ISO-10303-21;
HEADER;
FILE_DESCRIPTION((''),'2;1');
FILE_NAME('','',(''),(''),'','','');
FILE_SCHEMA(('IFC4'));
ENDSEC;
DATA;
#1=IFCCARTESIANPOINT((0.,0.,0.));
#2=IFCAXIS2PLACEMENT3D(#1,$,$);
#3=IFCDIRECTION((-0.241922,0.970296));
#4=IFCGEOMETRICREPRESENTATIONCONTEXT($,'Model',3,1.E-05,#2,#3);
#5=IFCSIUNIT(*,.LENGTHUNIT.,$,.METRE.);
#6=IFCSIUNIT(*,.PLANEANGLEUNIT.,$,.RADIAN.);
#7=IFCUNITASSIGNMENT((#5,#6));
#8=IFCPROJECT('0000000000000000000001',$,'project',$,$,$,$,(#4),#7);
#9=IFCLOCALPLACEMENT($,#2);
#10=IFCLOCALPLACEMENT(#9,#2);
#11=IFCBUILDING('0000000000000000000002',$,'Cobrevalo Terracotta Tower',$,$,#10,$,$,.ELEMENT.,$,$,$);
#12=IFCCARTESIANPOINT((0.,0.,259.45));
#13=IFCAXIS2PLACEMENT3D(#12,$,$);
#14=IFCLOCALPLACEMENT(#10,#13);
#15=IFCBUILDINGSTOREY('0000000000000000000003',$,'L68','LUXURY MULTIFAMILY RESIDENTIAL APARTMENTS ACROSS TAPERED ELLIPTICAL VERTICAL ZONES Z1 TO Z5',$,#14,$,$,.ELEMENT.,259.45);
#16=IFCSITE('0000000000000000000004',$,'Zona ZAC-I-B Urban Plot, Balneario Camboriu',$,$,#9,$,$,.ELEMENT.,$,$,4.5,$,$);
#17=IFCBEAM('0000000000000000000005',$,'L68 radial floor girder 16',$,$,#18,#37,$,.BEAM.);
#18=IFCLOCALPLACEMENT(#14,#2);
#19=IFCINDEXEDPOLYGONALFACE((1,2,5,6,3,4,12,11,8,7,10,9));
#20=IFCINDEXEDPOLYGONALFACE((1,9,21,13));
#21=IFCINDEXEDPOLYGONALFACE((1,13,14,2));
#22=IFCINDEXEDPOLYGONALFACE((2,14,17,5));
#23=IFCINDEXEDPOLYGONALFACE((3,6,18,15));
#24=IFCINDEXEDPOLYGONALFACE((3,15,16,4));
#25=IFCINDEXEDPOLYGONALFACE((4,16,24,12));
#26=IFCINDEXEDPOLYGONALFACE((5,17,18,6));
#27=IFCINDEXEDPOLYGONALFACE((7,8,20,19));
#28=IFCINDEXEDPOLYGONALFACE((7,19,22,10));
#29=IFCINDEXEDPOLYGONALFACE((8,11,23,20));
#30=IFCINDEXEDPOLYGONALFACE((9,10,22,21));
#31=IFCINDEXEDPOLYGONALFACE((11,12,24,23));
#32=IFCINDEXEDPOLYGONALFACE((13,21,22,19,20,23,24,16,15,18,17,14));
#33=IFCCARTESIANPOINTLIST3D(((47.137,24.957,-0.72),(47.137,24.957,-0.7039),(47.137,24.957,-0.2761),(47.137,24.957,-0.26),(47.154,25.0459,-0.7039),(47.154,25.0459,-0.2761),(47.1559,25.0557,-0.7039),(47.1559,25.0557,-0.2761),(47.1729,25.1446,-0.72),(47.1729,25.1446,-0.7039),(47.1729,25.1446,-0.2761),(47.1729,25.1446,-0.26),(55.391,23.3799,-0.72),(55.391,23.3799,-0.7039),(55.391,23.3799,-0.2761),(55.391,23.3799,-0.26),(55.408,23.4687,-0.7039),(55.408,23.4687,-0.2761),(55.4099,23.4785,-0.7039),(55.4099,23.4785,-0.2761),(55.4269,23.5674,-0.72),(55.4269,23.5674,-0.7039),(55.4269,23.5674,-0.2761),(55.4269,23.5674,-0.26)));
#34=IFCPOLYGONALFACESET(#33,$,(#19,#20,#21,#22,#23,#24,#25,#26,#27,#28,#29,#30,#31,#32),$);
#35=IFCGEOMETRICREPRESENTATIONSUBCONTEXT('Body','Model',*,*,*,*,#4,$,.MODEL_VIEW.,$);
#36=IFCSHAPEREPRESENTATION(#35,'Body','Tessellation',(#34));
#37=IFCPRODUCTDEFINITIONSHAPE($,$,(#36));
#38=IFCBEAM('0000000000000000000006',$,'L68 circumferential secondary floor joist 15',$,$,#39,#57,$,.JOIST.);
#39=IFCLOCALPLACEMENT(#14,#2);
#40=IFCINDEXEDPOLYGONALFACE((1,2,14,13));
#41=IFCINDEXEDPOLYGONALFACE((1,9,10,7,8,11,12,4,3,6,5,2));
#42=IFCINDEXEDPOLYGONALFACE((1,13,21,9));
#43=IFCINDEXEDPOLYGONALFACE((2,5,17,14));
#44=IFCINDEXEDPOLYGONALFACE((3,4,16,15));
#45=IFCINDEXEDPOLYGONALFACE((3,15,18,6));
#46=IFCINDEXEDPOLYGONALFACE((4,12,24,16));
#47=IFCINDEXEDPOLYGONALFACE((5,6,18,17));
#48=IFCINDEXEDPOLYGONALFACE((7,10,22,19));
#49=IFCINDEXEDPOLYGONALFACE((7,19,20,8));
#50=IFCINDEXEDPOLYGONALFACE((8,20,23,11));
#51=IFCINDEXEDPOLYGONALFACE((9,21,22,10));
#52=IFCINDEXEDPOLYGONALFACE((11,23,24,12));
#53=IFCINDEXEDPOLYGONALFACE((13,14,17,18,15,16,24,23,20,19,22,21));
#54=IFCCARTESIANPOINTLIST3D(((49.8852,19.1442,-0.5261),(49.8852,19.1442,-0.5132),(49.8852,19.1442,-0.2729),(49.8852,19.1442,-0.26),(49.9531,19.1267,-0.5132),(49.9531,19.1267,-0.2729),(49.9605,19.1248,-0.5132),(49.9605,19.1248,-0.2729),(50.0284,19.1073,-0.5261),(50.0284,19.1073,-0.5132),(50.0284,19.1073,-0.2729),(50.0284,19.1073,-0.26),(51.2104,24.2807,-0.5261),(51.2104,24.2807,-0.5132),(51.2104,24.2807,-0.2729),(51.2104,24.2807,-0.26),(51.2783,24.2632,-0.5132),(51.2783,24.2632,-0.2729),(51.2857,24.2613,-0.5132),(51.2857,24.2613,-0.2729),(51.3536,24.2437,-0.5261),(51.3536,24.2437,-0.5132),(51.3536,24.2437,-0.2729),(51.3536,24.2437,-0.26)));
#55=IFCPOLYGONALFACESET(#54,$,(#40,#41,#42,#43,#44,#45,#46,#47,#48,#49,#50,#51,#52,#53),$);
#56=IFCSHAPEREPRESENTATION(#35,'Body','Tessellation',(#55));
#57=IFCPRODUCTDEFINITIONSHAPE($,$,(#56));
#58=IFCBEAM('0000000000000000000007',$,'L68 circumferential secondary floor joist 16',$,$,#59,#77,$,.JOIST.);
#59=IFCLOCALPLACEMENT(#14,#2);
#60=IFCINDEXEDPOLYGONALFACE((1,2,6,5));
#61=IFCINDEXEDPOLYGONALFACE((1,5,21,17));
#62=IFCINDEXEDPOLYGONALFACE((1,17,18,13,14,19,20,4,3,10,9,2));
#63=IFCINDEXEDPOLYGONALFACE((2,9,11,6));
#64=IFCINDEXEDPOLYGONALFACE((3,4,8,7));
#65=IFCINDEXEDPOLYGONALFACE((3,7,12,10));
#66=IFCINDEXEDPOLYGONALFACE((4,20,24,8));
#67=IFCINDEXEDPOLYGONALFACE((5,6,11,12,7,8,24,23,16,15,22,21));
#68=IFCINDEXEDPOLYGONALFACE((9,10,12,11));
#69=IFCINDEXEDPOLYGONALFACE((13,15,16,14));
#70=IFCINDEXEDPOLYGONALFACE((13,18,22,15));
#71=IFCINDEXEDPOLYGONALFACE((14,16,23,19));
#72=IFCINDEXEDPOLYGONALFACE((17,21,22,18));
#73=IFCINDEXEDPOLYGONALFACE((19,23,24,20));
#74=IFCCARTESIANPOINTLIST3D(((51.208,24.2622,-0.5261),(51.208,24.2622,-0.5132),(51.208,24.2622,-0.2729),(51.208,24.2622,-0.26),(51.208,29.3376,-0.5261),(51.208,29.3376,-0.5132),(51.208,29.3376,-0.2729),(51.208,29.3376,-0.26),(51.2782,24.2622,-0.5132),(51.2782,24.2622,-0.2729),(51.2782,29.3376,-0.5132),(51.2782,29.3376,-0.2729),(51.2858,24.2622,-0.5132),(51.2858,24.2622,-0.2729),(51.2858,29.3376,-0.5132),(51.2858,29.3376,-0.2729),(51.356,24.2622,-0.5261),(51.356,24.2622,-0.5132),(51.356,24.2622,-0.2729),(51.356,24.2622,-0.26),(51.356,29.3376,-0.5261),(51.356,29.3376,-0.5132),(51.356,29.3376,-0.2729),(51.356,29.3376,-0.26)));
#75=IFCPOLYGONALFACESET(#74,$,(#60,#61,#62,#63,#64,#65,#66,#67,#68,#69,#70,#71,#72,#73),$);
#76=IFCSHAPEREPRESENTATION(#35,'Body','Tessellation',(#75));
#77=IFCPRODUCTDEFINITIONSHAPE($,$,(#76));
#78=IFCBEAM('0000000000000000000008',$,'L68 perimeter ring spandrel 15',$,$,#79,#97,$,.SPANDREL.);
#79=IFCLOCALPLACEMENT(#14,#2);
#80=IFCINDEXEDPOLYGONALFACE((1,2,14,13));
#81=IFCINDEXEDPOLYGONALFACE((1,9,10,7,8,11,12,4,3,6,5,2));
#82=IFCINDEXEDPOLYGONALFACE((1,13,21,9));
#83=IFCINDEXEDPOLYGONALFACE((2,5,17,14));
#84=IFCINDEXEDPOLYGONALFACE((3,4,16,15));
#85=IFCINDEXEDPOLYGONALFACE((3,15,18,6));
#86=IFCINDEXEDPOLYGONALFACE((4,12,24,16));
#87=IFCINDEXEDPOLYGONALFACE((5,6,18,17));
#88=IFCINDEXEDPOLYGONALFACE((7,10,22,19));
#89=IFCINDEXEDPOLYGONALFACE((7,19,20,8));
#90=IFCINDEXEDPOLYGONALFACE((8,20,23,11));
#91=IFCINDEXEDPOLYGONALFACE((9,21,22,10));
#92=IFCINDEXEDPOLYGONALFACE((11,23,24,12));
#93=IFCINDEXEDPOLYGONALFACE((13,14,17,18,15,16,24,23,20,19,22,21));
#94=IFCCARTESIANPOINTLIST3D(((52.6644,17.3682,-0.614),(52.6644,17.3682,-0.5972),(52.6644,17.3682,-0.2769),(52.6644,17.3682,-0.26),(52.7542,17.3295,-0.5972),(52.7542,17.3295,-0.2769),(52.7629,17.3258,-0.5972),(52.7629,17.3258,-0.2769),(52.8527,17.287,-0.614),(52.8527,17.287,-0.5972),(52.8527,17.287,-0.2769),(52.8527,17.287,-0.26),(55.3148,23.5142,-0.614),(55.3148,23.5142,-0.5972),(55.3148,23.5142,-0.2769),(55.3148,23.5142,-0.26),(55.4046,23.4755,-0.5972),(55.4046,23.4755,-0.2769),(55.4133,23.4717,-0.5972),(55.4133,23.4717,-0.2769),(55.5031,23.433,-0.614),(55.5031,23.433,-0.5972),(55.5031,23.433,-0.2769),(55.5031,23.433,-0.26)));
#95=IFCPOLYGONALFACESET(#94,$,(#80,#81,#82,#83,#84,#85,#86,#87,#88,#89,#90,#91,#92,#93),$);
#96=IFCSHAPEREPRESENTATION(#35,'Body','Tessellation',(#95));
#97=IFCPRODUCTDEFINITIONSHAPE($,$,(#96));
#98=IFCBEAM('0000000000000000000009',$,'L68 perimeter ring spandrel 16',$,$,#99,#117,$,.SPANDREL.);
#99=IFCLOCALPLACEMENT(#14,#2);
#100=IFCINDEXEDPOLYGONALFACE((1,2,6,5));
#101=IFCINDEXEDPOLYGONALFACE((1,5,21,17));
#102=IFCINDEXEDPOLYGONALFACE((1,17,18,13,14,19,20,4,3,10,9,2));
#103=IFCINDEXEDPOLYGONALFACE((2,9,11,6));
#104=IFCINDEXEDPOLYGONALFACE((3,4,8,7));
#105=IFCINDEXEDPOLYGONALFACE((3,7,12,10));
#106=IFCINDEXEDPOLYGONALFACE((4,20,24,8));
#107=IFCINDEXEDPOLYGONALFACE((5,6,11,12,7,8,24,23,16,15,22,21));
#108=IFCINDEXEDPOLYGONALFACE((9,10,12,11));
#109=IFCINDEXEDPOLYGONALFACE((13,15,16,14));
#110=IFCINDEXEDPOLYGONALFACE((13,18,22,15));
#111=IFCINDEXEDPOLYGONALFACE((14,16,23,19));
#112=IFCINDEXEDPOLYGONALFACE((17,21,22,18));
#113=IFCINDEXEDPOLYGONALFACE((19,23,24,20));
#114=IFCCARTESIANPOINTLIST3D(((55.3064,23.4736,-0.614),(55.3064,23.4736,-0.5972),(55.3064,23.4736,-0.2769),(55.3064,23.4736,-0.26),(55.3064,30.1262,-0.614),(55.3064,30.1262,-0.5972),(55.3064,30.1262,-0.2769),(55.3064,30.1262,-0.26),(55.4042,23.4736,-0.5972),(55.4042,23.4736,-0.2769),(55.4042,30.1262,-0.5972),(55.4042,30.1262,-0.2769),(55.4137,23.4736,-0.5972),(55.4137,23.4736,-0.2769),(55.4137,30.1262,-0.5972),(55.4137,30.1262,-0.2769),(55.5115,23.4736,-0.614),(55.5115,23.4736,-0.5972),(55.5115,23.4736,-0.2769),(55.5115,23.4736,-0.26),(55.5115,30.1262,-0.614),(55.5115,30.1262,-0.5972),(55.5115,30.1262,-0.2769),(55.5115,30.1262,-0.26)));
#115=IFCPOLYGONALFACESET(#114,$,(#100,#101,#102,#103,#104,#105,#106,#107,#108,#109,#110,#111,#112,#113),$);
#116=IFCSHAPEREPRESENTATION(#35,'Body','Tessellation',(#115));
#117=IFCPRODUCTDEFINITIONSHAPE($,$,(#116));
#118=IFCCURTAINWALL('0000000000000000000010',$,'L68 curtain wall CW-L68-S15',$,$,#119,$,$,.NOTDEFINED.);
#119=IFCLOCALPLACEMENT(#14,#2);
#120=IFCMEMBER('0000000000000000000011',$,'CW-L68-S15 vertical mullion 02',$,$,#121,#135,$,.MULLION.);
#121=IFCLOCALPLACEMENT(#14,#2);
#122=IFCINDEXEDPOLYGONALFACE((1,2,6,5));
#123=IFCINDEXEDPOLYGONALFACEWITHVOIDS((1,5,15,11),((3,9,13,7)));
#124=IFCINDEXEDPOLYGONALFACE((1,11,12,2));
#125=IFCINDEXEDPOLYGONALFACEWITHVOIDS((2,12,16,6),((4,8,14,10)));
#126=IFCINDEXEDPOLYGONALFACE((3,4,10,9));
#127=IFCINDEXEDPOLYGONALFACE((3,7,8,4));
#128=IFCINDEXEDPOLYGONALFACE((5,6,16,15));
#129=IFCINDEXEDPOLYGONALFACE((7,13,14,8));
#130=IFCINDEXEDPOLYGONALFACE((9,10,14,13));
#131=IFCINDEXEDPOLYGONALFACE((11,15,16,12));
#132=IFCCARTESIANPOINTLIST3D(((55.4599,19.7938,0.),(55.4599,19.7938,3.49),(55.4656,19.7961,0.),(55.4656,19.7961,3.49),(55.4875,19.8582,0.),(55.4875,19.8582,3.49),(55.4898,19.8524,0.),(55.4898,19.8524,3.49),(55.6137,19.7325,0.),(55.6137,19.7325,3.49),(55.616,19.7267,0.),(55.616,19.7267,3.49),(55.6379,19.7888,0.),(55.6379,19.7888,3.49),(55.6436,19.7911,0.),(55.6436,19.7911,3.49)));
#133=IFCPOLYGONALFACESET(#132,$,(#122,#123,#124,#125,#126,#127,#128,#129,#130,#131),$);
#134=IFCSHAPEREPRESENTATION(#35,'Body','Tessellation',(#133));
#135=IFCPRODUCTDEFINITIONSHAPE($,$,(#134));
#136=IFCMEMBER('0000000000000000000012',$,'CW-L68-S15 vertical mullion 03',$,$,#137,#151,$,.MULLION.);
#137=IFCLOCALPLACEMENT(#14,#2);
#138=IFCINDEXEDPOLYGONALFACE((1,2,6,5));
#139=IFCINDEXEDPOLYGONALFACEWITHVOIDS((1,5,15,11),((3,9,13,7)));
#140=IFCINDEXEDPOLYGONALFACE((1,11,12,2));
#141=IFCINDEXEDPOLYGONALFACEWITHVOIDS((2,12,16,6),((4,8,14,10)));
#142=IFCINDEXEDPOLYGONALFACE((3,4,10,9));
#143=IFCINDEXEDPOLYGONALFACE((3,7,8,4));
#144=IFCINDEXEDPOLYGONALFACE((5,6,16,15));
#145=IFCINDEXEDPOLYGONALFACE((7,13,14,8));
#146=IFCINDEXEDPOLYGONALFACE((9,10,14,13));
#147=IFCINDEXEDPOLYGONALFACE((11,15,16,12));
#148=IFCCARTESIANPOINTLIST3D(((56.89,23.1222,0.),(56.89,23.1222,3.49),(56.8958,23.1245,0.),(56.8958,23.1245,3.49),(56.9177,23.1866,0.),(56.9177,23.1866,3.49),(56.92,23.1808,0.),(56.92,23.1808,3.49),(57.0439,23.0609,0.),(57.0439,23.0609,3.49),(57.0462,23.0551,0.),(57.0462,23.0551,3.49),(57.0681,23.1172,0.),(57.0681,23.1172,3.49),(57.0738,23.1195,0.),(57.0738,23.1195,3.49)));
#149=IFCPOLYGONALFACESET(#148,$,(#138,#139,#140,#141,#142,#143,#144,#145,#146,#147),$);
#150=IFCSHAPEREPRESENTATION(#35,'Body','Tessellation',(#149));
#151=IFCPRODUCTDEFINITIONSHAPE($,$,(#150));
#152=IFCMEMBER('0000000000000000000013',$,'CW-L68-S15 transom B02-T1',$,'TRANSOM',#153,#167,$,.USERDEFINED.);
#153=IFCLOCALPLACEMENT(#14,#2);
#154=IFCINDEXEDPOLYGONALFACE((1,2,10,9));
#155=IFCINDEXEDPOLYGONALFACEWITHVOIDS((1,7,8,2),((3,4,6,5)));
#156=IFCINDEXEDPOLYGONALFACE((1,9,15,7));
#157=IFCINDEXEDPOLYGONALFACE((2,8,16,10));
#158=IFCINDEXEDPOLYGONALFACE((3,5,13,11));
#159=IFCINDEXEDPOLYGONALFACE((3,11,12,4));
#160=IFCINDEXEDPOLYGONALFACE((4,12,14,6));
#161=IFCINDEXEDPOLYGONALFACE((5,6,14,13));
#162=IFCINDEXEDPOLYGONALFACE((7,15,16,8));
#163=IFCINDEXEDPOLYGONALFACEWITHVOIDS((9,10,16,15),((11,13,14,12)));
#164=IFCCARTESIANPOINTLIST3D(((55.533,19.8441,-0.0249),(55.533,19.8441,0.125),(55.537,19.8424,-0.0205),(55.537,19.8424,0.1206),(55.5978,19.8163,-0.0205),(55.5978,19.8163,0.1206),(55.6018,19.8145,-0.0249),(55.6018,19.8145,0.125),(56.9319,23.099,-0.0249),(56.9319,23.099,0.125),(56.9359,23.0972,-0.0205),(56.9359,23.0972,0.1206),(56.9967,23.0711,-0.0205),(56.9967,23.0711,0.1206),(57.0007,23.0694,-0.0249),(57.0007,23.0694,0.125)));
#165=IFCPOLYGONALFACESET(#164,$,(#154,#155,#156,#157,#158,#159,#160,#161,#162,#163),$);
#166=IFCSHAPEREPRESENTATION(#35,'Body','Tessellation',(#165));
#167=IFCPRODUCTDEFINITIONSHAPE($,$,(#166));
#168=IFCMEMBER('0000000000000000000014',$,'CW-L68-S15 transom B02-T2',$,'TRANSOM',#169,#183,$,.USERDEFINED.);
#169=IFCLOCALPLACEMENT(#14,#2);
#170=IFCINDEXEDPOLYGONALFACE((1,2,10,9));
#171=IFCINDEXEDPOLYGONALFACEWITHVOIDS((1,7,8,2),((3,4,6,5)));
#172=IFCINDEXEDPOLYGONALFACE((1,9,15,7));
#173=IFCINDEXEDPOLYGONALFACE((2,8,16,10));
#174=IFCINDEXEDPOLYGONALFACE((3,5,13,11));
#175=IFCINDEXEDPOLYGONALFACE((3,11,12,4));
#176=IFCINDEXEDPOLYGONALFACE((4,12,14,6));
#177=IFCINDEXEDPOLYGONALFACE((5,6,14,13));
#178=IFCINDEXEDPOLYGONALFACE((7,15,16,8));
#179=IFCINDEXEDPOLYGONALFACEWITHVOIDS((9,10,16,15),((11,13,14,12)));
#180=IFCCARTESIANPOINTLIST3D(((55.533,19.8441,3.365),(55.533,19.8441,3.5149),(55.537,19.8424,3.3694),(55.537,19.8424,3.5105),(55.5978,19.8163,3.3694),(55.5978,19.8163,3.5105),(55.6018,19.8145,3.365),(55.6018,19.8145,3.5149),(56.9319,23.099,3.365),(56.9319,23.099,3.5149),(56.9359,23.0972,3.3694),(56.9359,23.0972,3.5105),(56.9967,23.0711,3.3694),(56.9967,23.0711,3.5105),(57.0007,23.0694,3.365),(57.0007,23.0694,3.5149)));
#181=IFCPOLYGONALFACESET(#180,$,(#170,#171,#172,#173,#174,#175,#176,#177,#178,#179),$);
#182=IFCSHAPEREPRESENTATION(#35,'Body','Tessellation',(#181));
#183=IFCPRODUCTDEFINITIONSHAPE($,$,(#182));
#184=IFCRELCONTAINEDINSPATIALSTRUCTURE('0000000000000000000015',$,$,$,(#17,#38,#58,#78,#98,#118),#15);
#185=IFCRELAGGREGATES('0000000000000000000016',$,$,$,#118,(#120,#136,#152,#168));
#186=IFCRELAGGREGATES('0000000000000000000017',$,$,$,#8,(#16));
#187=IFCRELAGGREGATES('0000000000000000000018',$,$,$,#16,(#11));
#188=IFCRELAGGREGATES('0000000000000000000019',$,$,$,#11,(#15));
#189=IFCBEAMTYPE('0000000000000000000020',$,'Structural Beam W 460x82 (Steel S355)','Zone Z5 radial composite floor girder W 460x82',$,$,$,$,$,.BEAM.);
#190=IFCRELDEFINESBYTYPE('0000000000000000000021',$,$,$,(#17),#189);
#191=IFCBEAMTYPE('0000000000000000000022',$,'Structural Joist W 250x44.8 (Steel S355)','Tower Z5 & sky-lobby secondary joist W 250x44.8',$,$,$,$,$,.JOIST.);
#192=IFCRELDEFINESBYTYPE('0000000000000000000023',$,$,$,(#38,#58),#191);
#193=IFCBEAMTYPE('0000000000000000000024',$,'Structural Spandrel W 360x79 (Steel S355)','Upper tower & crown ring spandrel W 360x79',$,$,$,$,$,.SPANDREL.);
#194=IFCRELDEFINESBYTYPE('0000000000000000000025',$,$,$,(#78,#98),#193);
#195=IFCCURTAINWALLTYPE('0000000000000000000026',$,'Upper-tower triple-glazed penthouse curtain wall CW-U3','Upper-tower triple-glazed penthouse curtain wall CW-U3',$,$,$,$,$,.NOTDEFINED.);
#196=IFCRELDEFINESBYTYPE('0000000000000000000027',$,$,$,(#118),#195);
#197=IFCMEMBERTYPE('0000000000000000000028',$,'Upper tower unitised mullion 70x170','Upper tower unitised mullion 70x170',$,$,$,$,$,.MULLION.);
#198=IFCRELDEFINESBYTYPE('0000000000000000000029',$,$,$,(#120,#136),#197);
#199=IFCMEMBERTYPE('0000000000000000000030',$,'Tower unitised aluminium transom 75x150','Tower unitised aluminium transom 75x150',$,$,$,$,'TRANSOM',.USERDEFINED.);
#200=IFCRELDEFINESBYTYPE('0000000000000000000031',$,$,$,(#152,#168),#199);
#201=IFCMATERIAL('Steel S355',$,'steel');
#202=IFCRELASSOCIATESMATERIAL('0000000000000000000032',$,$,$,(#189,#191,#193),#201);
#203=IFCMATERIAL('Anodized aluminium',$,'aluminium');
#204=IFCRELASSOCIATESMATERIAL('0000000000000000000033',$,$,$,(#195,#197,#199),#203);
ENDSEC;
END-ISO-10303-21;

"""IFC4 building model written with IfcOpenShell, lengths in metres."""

from ifc_helpers import new_model, si_unit, direction, frame, origin, origin_2d, place, context, subcontext, project, spatial, hollow_rectangle, i_section, extrude, source, transform, mapped, material, material_profile, profile_set, type_object, element, aggregate, save


model = new_model("IFC4")

# Units and contexts
model_context = context("Model", 3, precision=1e-05, world=origin(), true_north=direction((-0.241922, 0.970296)))
body_context = subcontext(model_context, "Body", "Model", "MODEL_VIEW")
ifc_project = project(units=[si_unit("LENGTHUNIT", "METRE"), si_unit("PLANEANGLEUNIT", "RADIAN")], contexts=[model_context])

# Site, building, storey
site_placement = place(None, origin())
site = spatial("IfcSite", under=ifc_project, at=site_placement, Name="Zona ZAC-I-B Urban Plot, Balneario Camboriu", CompositionType="ELEMENT", RefElevation=4.5)
building_placement = place(site_placement, origin())
building = spatial("IfcBuilding", under=site, at=building_placement, Name="Cobrevalo Terracotta Tower", CompositionType="ELEMENT")
storey_placement = place(building_placement, frame((0.0, 0.0, 259.45)))
storey = spatial("IfcBuildingStorey", under=building, at=storey_placement, Name="L68", Description="LUXURY MULTIFAMILY RESIDENTIAL APARTMENTS ACROSS TAPERED ELLIPTICAL VERTICAL ZONES Z1 TO Z5", CompositionType="ELEMENT", Elevation=259.45)

# Shared definitions
ifc_material_1 = material(Name="Steel S355", Category="steel")

# Beams
ifc_material_profile_1 = material_profile(ifc_material_1, i_section(OverallWidth=0.1909, OverallDepth=0.46, WebThickness=0.01, FlangeThickness=0.0161, at=origin_2d()), Name="W 460x82")
ifc_profile_set_1 = profile_set([ifc_material_profile_1], Name="Steel S355")
beam_type_1 = type_object("IfcBeamType", Name="Structural Beam W 460x82 (Steel S355)", Description="Zone Z5 radial composite floor girder W 460x82", PredefinedType="BEAM", material=ifc_profile_set_1)
beam_1_placement = place(storey_placement, frame((55.4089, 23.4736, -0.49), z_axis=(-0.98223, 0.187683, 0.0), x_axis=(-0.187683, -0.98223, 0.0)))
element("IfcBeam", 1, at=beam_1_placement, inside=storey, type_object=beam_type_1, Name="L68 radial floor girder 16", PredefinedType="BEAM", context=body_context, shape_type="SweptSolid", body=[
    extrude(i_section(OverallWidth=0.1909, OverallDepth=0.46, WebThickness=0.01, FlangeThickness=0.0161, at=origin_2d()), origin(), (0.0, 0.0, 1.0), 8.4033),
])
ifc_material_profile_2 = material_profile(ifc_material_1, i_section(OverallWidth=0.1479, OverallDepth=0.2661, WebThickness=0.0076, FlangeThickness=0.0129, at=origin_2d()), Name="W 250x44.8")
ifc_profile_set_2 = profile_set([ifc_material_profile_2], Name="Steel S355")
beam_type_2 = type_object("IfcBeamType", Name="Structural Joist W 250x44.8 (Steel S355)", Description="Tower Z5 & sky-lobby secondary joist W 250x44.8", PredefinedType="JOIST", material=ifc_profile_set_2)
beam_2_placement = place(storey_placement, frame((49.9568, 19.1257, -0.3931), z_axis=(0.249817, 0.968293, 0.0), x_axis=(-0.968293, 0.249817, 0.0)))
element("IfcBeam", 2, at=beam_2_placement, inside=storey, type_object=beam_type_2, Name="L68 circumferential secondary floor joist 15", PredefinedType="JOIST", context=body_context, shape_type="SweptSolid", body=[
    extrude(i_section(OverallWidth=0.1479, OverallDepth=0.2661, WebThickness=0.0076, FlangeThickness=0.0129, at=origin_2d()), origin(), (0.0, 0.0, 1.0), 5.3047),
])
beam_3_placement = place(storey_placement, frame((51.282, 24.2622, -0.3931), z_axis=(0.0, 1.0, 0.0), x_axis=(-1.0, 0.0, 0.0)))
element("IfcBeam", 3, at=beam_3_placement, inside=storey, type_object=beam_type_2, Name="L68 circumferential secondary floor joist 16", PredefinedType="JOIST", context=body_context, shape_type="SweptSolid", body=[
    extrude(i_section(OverallWidth=0.1479, OverallDepth=0.2661, WebThickness=0.0076, FlangeThickness=0.0129, at=origin_2d()), origin(), (0.0, 0.0, 1.0), 5.0754),
])
ifc_material_profile_3 = material_profile(ifc_material_1, i_section(OverallWidth=0.2051, OverallDepth=0.354, WebThickness=0.0095, FlangeThickness=0.0168, at=origin_2d()), Name="W 360x79")
ifc_profile_set_3 = profile_set([ifc_material_profile_3], Name="Steel S355")
beam_type_3 = type_object("IfcBeamType", Name="Structural Spandrel W 360x79 (Steel S355)", Description="Upper tower & crown ring spandrel W 360x79", PredefinedType="SPANDREL", material=ifc_profile_set_3)
beam_4_placement = place(storey_placement, frame((52.7585, 17.3276, -0.437), z_axis=(0.395987, 0.918256, 0.0), x_axis=(-0.918256, 0.395987, 0.0)))
element("IfcBeam", 4, at=beam_4_placement, inside=storey, type_object=beam_type_3, Name="L68 perimeter ring spandrel 15", PredefinedType="SPANDREL", context=body_context, shape_type="SweptSolid", body=[
    extrude(i_section(OverallWidth=0.2051, OverallDepth=0.354, WebThickness=0.0095, FlangeThickness=0.0168, at=origin_2d()), origin(), (0.0, 0.0, 1.0), 6.6931),
])
beam_5_placement = place(storey_placement, frame((55.4089, 23.4736, -0.437), z_axis=(0.0, 1.0, 0.0), x_axis=(-1.0, 0.0, 0.0)))
element("IfcBeam", 5, at=beam_5_placement, inside=storey, type_object=beam_type_3, Name="L68 perimeter ring spandrel 16", PredefinedType="SPANDREL", context=body_context, shape_type="SweptSolid", body=[
    extrude(i_section(OverallWidth=0.2051, OverallDepth=0.354, WebThickness=0.0095, FlangeThickness=0.0168, at=origin_2d()), origin(), (0.0, 0.0, 1.0), 6.6526),
])

# Curtain wall, members
ifc_material_2 = material(Name="Anodized aluminium", Category="aluminium")
curtain_wall_type = type_object("IfcCurtainWallType", Name="Upper-tower triple-glazed penthouse curtain wall CW-U3", Description="Upper-tower triple-glazed penthouse curtain wall CW-U3", PredefinedType="NOTDEFINED", material=ifc_material_2)
curtain_wall_placement = place(storey_placement, origin())
curtain_wall = element("IfcCurtainWall", 6, at=curtain_wall_placement, inside=storey, type_object=curtain_wall_type, Name="L68 curtain wall CW-L68-S15", PredefinedType="NOTDEFINED")
ifc_material_profile_4 = material_profile(ifc_material_2, hollow_rectangle(XDim=0.0701, YDim=0.1699, WallThickness=0.0044, at=origin_2d()), Name="CWM 70x170")
ifc_profile_set_4 = profile_set([ifc_material_profile_4], Name="Anodized aluminium")
member_type_1 = type_object("IfcMemberType", Name="Upper tower unitised mullion 70x170", Description="Upper tower unitised mullion 70x170", PredefinedType="MULLION", material=ifc_profile_set_4)
shared_shape_1 = source(origin(), body_context, "Body", "SweptSolid", [
    extrude(hollow_rectangle(XDim=0.0701, YDim=0.1699, WallThickness=0.0044, at=origin_2d()), origin(), (0.0, 0.0, 1.0), 3.49),
])
member_1_placement = place(storey_placement, frame((55.5518, 19.7925, 0.0), z_axis=(0.0, 0.0, 1.0), x_axis=(0.394824, 0.918757, 0.0)))
member_1 = element("IfcMember", 7, at=member_1_placement, type_object=member_type_1, Name="CW-L68-S15 vertical mullion 02", PredefinedType="MULLION", context=body_context, shape_type="MappedRepresentation", body=[
    mapped(shared_shape_1, transform((0.0, 0.0, 0.0), scale=1.0)),
])
member_2_placement = place(storey_placement, frame((56.9819, 23.1208, 0.0), z_axis=(0.0, 0.0, 1.0), x_axis=(0.394824, 0.918757, 0.0)))
member_2 = element("IfcMember", 8, at=member_2_placement, type_object=member_type_1, Name="CW-L68-S15 vertical mullion 03", PredefinedType="MULLION", context=body_context, shape_type="MappedRepresentation", body=[
    mapped(shared_shape_1, transform((0.0, 0.0, 0.0), scale=1.0)),
])
ifc_material_profile_5 = material_profile(ifc_material_2, hollow_rectangle(XDim=0.075, YDim=0.1499, WallThickness=0.0044, at=origin_2d()), Name="CWT 75x150")
ifc_profile_set_5 = profile_set([ifc_material_profile_5], Name="Anodized aluminium")
member_type_2 = type_object("IfcMemberType", Name="Tower unitised aluminium transom 75x150", Description="Tower unitised aluminium transom 75x150", ElementType="TRANSOM", PredefinedType="USERDEFINED", material=ifc_profile_set_5)
shared_shape_2 = source(origin(), body_context, "Body", "SweptSolid", [
    extrude(hollow_rectangle(XDim=0.075, YDim=0.1499, WallThickness=0.0044, at=origin_2d()), origin(), (0.0, 0.0, 1.0), 3.5427),
])
member_3_placement = place(storey_placement, frame((55.5674, 19.8293, 0.05), z_axis=(0.394867, 0.918738, 0.0), x_axis=(-0.918738, 0.394867, 0.0)))
member_3 = element("IfcMember", 9, at=member_3_placement, type_object=member_type_2, Name="CW-L68-S15 transom B02-T1", ObjectType="TRANSOM", PredefinedType="USERDEFINED", context=body_context, shape_type="MappedRepresentation", body=[
    mapped(shared_shape_2, transform((0.0, 0.0, 0.0), scale=1.0)),
])
member_4_placement = place(storey_placement, frame((55.5674, 19.8293, 3.4399), z_axis=(0.394867, 0.918738, 0.0), x_axis=(-0.918738, 0.394867, 0.0)))
member_4 = element("IfcMember", 10, at=member_4_placement, type_object=member_type_2, Name="CW-L68-S15 transom B02-T2", ObjectType="TRANSOM", PredefinedType="USERDEFINED", context=body_context, shape_type="MappedRepresentation", body=[
    mapped(shared_shape_2, transform((0.0, 0.0, 0.0), scale=1.0)),
])
aggregate(curtain_wall, [member_1, member_2, member_3, member_4])

save(model, "model.ifc")
